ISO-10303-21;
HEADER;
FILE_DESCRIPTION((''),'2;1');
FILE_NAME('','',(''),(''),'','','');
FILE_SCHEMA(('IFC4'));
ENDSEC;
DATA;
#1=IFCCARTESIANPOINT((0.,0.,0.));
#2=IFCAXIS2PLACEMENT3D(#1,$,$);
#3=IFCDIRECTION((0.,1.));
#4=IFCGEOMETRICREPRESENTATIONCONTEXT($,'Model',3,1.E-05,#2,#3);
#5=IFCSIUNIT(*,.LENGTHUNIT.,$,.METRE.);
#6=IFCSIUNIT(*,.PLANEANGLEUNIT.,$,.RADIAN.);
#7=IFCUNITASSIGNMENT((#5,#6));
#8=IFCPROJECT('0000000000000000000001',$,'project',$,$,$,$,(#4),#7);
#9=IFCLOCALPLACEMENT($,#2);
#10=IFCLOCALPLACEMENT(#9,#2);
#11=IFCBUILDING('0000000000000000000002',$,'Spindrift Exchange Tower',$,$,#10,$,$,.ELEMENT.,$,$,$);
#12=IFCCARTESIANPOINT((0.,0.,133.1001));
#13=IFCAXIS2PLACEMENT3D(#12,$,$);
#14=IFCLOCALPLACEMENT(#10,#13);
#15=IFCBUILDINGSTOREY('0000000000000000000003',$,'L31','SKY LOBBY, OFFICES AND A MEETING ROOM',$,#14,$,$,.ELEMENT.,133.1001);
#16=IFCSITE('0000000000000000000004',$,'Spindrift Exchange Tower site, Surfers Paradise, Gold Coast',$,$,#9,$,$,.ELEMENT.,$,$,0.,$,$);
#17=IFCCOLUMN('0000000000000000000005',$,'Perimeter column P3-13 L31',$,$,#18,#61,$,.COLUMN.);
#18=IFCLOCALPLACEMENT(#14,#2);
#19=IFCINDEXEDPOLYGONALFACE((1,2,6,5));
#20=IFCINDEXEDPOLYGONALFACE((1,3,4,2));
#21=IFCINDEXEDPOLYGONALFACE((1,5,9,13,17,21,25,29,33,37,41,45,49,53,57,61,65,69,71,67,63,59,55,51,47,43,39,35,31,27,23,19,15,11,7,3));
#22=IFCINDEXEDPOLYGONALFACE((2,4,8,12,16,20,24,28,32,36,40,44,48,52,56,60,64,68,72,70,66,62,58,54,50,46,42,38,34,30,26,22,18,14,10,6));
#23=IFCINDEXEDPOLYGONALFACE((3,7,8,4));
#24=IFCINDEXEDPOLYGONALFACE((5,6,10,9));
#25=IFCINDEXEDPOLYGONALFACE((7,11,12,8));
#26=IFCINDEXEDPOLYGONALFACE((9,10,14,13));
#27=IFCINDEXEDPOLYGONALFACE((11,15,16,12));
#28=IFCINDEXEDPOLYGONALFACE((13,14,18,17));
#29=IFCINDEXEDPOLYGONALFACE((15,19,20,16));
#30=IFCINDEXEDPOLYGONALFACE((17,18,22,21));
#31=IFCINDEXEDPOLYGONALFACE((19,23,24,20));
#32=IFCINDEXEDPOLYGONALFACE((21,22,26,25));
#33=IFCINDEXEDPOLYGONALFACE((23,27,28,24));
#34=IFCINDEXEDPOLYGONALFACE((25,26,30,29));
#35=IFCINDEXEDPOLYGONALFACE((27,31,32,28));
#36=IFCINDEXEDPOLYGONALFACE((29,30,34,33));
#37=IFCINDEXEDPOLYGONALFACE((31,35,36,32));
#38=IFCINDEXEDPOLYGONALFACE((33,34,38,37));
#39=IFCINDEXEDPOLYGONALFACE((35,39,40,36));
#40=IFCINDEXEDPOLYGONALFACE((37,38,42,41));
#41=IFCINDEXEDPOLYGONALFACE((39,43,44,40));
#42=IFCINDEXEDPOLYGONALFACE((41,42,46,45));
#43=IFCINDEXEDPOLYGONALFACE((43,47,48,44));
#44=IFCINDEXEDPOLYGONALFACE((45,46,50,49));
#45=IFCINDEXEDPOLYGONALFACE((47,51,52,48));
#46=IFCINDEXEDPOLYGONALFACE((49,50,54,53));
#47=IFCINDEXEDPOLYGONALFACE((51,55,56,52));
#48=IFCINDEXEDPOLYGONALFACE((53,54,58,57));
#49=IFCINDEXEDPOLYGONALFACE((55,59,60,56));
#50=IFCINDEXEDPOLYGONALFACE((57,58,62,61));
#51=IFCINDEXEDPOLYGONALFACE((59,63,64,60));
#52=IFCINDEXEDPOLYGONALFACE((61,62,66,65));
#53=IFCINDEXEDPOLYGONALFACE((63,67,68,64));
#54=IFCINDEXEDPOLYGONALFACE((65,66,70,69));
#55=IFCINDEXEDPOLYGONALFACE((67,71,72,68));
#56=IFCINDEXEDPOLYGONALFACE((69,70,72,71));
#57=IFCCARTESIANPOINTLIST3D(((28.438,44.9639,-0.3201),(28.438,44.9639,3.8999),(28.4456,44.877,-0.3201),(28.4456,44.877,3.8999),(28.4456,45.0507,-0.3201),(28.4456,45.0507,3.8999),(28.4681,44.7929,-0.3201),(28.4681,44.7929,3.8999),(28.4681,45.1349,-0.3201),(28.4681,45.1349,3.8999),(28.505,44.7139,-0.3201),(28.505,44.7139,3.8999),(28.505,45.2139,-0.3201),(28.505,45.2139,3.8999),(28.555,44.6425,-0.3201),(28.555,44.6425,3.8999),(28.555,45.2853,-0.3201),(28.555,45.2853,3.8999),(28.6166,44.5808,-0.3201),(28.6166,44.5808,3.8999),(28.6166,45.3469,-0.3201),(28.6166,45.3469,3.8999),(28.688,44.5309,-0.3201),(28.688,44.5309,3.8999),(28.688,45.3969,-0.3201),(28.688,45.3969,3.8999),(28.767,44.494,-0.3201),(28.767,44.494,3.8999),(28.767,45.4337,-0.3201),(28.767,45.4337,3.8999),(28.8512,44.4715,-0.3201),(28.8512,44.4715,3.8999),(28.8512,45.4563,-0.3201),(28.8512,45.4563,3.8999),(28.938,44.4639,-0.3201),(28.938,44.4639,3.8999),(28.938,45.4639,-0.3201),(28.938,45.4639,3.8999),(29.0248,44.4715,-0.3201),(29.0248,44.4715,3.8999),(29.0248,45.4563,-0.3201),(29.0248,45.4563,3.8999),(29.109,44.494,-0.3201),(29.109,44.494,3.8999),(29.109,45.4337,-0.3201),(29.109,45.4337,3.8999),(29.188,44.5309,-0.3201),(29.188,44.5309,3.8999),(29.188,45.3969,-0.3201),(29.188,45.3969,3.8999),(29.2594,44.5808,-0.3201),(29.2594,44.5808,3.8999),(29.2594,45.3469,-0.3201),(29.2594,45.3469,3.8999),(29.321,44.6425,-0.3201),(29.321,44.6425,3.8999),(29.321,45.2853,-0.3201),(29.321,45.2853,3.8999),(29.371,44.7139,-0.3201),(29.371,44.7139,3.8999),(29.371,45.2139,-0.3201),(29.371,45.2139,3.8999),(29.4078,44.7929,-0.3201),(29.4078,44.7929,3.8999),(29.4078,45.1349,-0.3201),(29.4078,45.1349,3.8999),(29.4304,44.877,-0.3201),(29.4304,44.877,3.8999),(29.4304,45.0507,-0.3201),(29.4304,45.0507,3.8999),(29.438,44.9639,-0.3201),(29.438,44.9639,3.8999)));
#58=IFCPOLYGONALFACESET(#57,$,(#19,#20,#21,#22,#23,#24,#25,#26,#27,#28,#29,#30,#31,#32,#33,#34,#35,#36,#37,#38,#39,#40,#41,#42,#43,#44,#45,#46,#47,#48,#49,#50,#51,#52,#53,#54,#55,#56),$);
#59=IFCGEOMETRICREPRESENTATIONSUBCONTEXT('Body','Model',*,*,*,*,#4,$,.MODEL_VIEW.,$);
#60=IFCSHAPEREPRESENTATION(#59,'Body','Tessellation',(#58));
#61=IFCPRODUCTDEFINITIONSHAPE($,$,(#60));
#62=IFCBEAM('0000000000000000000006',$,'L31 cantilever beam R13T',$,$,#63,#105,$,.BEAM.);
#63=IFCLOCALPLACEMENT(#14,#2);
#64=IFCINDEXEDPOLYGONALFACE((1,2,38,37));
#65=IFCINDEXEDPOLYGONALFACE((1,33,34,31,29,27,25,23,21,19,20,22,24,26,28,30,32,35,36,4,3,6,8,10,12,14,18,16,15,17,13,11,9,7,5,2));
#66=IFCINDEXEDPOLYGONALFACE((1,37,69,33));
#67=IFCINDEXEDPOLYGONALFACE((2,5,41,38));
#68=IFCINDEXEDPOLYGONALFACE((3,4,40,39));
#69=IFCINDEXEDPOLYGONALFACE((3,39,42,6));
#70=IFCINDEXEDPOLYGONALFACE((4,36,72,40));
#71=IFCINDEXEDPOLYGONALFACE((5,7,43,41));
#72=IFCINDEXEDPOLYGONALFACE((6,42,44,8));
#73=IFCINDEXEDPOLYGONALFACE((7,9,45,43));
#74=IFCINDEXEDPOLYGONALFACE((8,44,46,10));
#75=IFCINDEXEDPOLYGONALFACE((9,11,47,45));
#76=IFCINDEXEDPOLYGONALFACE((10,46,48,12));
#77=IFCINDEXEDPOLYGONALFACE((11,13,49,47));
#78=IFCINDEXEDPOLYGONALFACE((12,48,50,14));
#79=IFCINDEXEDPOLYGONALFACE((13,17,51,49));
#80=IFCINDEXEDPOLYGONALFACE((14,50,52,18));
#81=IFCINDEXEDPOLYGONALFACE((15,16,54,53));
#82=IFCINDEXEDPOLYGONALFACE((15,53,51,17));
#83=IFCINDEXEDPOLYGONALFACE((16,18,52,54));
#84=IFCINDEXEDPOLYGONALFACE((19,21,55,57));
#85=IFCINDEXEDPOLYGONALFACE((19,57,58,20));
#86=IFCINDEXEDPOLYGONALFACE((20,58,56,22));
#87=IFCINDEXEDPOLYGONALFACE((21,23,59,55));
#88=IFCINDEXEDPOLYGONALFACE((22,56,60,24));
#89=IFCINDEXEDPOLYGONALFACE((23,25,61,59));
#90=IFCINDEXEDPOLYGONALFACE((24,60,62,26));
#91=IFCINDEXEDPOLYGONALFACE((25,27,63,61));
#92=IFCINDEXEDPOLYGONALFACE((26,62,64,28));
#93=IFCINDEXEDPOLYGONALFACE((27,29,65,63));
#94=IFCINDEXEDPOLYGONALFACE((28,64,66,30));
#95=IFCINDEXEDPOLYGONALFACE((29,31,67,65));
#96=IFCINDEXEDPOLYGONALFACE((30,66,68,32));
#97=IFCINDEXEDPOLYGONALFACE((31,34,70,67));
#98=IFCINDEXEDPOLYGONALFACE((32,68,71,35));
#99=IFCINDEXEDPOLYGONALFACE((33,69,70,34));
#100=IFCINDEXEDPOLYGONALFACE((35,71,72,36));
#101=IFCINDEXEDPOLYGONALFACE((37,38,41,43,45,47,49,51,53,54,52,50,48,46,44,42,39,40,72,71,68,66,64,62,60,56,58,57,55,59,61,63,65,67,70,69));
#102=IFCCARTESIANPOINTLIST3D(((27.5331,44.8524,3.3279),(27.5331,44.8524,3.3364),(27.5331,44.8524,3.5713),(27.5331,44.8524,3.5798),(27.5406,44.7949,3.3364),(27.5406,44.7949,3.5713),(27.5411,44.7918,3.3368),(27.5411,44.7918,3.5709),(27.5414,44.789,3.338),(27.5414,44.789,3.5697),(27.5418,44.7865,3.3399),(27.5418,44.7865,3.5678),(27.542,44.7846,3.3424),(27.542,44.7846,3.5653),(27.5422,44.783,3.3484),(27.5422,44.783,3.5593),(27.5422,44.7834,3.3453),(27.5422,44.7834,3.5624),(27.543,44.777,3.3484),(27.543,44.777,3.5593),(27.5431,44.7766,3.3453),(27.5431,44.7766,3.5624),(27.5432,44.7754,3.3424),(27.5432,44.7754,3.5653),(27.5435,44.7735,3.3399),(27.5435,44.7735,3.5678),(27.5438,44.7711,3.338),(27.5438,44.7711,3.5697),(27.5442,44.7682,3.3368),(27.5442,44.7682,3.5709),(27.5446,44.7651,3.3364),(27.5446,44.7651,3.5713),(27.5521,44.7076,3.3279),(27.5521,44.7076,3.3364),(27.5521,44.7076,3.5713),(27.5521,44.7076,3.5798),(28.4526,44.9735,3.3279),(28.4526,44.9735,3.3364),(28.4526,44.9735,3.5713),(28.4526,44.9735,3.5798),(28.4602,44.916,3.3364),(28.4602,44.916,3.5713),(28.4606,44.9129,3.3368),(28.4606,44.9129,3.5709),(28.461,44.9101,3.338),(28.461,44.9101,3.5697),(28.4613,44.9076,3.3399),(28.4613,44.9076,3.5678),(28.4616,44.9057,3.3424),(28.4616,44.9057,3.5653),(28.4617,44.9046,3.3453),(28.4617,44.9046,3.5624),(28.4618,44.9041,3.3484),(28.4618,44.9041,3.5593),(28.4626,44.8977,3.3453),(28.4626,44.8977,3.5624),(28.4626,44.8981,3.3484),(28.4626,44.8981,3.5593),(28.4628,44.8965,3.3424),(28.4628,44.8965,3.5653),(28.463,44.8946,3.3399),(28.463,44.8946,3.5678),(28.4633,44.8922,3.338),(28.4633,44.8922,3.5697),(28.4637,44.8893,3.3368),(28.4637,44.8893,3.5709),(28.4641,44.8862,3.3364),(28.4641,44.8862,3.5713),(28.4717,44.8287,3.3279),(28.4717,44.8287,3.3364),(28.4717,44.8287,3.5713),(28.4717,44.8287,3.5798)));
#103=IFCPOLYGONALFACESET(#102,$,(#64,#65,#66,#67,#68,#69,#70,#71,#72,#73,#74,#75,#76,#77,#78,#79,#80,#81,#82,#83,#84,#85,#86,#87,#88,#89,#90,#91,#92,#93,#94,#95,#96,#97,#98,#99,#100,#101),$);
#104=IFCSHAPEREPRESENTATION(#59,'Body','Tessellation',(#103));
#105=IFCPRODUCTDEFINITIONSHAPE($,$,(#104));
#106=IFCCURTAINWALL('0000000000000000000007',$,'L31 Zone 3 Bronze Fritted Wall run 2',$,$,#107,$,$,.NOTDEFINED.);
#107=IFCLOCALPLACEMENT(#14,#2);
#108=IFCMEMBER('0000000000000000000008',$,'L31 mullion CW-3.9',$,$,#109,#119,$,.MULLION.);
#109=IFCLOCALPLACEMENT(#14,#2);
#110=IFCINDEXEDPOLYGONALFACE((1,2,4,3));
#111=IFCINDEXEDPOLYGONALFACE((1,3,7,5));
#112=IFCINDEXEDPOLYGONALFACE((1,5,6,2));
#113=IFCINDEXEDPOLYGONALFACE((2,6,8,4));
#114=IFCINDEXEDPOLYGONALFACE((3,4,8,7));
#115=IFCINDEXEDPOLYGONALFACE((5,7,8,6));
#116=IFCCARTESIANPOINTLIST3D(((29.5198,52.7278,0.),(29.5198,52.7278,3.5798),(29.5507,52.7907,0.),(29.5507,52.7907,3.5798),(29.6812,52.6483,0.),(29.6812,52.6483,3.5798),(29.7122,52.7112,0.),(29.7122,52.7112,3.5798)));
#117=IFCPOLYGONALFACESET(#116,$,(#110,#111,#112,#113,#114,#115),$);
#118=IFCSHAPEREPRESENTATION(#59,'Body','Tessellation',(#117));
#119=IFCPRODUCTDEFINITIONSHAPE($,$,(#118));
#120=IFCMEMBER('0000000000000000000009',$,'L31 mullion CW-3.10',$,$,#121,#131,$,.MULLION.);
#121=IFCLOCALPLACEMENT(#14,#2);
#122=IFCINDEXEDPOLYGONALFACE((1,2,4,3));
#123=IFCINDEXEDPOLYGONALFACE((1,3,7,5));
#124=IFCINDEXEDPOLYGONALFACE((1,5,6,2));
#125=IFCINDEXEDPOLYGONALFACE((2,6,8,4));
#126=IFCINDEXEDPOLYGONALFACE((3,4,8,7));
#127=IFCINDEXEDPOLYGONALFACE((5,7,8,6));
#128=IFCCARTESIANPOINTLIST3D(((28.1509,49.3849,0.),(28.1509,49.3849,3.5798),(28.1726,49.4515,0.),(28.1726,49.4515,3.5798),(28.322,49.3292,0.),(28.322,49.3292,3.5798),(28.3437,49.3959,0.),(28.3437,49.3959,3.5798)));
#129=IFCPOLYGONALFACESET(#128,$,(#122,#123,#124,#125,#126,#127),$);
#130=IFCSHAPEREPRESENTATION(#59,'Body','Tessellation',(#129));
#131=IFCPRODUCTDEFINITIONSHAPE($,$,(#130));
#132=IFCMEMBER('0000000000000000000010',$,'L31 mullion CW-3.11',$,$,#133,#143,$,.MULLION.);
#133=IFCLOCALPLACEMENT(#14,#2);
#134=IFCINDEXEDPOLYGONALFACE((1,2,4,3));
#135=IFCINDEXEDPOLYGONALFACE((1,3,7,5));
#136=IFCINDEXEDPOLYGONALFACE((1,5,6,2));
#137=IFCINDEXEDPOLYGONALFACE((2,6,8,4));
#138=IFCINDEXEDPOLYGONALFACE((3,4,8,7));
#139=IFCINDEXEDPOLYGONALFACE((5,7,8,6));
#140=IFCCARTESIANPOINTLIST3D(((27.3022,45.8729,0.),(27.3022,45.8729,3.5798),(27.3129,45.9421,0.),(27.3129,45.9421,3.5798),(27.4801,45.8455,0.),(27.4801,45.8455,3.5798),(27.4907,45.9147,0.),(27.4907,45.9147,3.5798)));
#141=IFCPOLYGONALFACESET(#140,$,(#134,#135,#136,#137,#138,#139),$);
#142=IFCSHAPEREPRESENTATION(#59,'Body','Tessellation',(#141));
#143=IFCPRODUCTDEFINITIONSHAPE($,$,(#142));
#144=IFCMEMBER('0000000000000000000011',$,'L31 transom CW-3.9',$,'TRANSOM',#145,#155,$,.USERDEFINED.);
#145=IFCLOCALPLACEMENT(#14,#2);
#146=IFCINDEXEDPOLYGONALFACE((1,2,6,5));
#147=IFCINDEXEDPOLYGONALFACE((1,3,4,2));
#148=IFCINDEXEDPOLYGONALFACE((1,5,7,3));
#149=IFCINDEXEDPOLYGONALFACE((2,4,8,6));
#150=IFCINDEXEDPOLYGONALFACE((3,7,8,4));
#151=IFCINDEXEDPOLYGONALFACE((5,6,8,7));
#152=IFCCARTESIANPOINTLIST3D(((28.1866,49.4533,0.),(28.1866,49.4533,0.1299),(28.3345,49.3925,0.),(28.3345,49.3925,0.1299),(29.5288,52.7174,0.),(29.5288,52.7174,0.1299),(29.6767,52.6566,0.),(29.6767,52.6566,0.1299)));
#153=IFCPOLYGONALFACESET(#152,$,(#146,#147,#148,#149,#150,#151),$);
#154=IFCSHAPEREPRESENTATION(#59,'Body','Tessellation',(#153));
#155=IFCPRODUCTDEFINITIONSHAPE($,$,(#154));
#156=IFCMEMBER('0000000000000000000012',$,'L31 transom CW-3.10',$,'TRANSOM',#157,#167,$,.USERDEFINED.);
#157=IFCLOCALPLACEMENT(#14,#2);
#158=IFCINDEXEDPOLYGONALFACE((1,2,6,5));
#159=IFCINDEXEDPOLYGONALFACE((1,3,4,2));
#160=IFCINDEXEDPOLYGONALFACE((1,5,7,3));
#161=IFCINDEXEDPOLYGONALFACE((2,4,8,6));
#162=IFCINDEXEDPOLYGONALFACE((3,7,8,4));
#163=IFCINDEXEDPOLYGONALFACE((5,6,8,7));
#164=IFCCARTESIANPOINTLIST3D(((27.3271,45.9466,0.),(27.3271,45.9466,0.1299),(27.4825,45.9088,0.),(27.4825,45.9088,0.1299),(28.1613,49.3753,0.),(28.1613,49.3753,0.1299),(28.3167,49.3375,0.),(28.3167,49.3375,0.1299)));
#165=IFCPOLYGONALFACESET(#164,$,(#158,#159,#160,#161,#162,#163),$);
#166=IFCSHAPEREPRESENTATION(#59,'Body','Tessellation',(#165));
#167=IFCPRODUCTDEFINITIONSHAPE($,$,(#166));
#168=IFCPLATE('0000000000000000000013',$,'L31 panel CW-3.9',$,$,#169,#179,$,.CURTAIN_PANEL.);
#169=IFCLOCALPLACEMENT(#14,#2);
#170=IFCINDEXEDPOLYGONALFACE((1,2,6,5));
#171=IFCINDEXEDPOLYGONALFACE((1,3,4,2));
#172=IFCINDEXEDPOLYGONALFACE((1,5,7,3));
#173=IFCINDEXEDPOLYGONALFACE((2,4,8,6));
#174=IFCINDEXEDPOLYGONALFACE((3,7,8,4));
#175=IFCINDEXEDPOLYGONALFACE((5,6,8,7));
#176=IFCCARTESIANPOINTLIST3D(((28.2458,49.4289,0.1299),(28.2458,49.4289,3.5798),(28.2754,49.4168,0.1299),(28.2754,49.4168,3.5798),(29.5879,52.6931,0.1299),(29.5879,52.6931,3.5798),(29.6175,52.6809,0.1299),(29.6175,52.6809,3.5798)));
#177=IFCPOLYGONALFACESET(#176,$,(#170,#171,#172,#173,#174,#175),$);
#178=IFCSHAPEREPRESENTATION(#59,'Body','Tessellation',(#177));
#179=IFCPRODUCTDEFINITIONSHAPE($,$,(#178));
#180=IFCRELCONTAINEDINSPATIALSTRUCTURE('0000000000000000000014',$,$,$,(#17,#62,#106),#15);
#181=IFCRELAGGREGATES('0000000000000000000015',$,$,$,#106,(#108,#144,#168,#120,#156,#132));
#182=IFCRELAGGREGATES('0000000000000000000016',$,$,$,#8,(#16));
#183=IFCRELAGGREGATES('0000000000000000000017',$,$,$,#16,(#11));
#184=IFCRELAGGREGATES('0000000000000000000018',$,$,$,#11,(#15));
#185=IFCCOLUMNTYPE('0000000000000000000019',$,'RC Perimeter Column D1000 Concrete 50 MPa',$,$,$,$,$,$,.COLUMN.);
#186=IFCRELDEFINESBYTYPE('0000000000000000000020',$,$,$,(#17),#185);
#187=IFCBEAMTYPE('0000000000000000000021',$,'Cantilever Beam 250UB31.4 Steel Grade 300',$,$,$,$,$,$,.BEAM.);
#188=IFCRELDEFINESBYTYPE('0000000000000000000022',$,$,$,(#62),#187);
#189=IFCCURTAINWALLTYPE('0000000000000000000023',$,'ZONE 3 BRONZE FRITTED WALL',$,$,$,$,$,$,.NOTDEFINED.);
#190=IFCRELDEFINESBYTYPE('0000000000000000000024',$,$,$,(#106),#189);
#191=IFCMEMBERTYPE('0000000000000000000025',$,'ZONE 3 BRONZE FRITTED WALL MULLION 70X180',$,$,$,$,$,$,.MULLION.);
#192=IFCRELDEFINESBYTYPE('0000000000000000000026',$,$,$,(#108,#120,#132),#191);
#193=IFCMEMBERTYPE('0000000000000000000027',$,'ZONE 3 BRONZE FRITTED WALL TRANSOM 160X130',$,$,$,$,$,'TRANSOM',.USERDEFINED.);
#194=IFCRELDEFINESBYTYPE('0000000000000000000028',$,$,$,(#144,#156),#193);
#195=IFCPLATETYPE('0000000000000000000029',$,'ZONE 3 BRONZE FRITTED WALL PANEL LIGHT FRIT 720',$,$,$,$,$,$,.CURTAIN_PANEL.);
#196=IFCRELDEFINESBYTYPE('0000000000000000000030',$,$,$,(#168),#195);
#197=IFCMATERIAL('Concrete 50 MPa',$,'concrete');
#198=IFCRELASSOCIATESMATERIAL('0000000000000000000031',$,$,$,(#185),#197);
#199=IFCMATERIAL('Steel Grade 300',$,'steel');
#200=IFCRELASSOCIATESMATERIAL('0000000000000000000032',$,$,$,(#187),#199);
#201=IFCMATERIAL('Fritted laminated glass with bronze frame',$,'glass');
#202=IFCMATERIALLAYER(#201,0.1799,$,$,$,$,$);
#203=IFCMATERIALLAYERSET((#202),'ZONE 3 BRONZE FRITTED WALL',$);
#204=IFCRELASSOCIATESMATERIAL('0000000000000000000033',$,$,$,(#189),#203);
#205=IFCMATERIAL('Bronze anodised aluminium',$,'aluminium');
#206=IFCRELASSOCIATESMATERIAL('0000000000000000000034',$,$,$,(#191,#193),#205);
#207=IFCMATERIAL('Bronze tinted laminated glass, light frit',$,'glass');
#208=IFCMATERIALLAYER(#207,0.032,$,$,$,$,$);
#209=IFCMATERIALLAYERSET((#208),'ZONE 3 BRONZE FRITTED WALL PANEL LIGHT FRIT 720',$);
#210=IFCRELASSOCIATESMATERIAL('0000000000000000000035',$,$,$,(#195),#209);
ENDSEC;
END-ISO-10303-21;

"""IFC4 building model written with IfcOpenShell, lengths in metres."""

from ifc_helpers import new_model, si_unit, direction, frame, origin, origin_2d, place, context, subcontext, project, spatial, rectangle, circle, i_section, extrude, source, transform, mapped, material, layer, layer_set, material_profile, profile_set, type_object, element, aggregate, save


model = new_model("IFC4")

# Units and contexts
model_context = context("Model", 3, precision=1e-05, world=origin(), true_north=direction((0.0, 1.0)))
body_context = subcontext(model_context, "Body", "Model", "MODEL_VIEW")
ifc_project = project(units=[si_unit("LENGTHUNIT", "METRE"), si_unit("PLANEANGLEUNIT", "RADIAN")], contexts=[model_context])

# Site, building, storey
site_placement = place(None, origin())
site = spatial("IfcSite", under=ifc_project, at=site_placement, Name="Spindrift Exchange Tower site, Surfers Paradise, Gold Coast", CompositionType="ELEMENT", RefElevation=0.0)
building_placement = place(site_placement, origin())
building = spatial("IfcBuilding", under=site, at=building_placement, Name="Spindrift Exchange Tower", CompositionType="ELEMENT")
storey_placement = place(building_placement, frame((0.0, 0.0, 133.1001)))
storey = spatial("IfcBuildingStorey", under=building, at=storey_placement, Name="L31", Description="SKY LOBBY, OFFICES AND A MEETING ROOM", CompositionType="ELEMENT", Elevation=133.1001)

# Column
ifc_material_1 = material(Name="Concrete 50 MPa", Category="concrete")
ifc_material_profile_1 = material_profile(ifc_material_1, circle(Radius=0.5, at=origin_2d()), Name="RC D1000")
ifc_profile_set_1 = profile_set([ifc_material_profile_1], Name="Concrete 50 MPa")
column_type = type_object("IfcColumnType", Name="RC Perimeter Column D1000 Concrete 50 MPa", PredefinedType="COLUMN", material=ifc_profile_set_1)
shared_shape_1 = source(origin(), body_context, "Body", "SweptSolid", [
    extrude(circle(Radius=0.5, at=origin_2d()), origin(), (0.0, 0.0, 1.0), 4.22),
])
column_placement = place(storey_placement, frame((28.938, 44.9639, -0.3201), z_axis=(0.0, 0.0, 1.0), x_axis=(1.0, 0.0, 0.0)))
element("IfcColumn", 1, at=column_placement, inside=storey, type_object=column_type, Name="Perimeter column P3-13 L31", PredefinedType="COLUMN", context=body_context, shape_type="MappedRepresentation", body=[
    mapped(shared_shape_1, transform((0.0, 0.0, 0.0), scale=1.0)),
])

# Beam
ifc_material_2 = material(Name="Steel Grade 300", Category="steel")
ifc_material_profile_2 = material_profile(ifc_material_2, i_section(OverallWidth=0.146, OverallDepth=0.252, WebThickness=0.0061, FlangeThickness=0.0085, FilletRadius=0.012, at=origin_2d()), Name="250UB31.4")
ifc_profile_set_2 = profile_set([ifc_material_profile_2], Name="Steel Grade 300")
beam_type = type_object("IfcBeamType", Name="Cantilever Beam 250UB31.4 Steel Grade 300", PredefinedType="BEAM", material=ifc_profile_set_2)
shared_shape_2 = source(origin(), body_context, "Body", "SweptSolid", [
    extrude(i_section(OverallWidth=0.146, OverallDepth=0.252, WebThickness=0.0061, FlangeThickness=0.0085, FilletRadius=0.012, at=origin_2d()), origin(), (0.0, 0.0, 1.0), 0.9275),
])
beam_placement = place(storey_placement, frame((28.4622, 44.9011, 3.4539), z_axis=(-0.991438, -0.130577, 0.0), x_axis=(0.130577, -0.991438, 0.0)))
element("IfcBeam", 2, at=beam_placement, inside=storey, type_object=beam_type, Name="L31 cantilever beam R13T", PredefinedType="BEAM", context=body_context, shape_type="MappedRepresentation", body=[
    mapped(shared_shape_2, transform((0.0, 0.0, 0.0), scale=1.0)),
])

# Curtain wall, members, plate
ifc_material_3 = material(Name="Fritted laminated glass with bronze frame", Category="glass")
ifc_layer_1 = layer(ifc_material_3, 0.1799)
ifc_layer_set_1 = layer_set([ifc_layer_1], Name="ZONE 3 BRONZE FRITTED WALL")
curtain_wall_type = type_object("IfcCurtainWallType", Name="ZONE 3 BRONZE FRITTED WALL", PredefinedType="NOTDEFINED", material=ifc_layer_set_1)
curtain_wall_placement = place(storey_placement, origin())
curtain_wall = element("IfcCurtainWall", 3, at=curtain_wall_placement, inside=storey, type_object=curtain_wall_type, Name="L31 Zone 3 Bronze Fritted Wall run 2", PredefinedType="NOTDEFINED")
ifc_material_4 = material(Name="Bronze anodised aluminium", Category="aluminium")
ifc_material_profile_3 = material_profile(ifc_material_4, rectangle(XDim=0.0701, YDim=0.1799, at=origin_2d()), Name="ZONE 3 BRONZE FRITTED WALL MULLION 70X180")
ifc_profile_set_3 = profile_set([ifc_material_profile_3], Name="Bronze anodised aluminium")
member_type_1 = type_object("IfcMemberType", Name="ZONE 3 BRONZE FRITTED WALL MULLION 70X180", PredefinedType="MULLION", material=ifc_profile_set_3)
shared_shape_3 = source(origin(), body_context, "Body", "SweptSolid", [
    extrude(rectangle(XDim=0.0701, YDim=0.1799, at=origin_2d()), origin(), (0.0, 0.0, 1.0), 3.5798),
])
member_1_placement = place(storey_placement, frame((29.616, 52.7195, 0.0), z_axis=(0.0, 0.0, 1.0), x_axis=(-0.441927, -0.897051, 0.0)))
member_1 = element("IfcMember", 4, at=member_1_placement, type_object=member_type_1, Name="L31 mullion CW-3.9", PredefinedType="MULLION", context=body_context, shape_type="MappedRepresentation", body=[
    mapped(shared_shape_3, transform((0.0, 0.0, 0.0), scale=1.0)),
])
member_2_placement = place(storey_placement, frame((28.2473, 49.3904, 0.0), z_axis=(0.0, 0.0, 1.0), x_axis=(-0.309236, -0.950985, 0.0)))
member_2 = element("IfcMember", 5, at=member_2_placement, type_object=member_type_1, Name="L31 mullion CW-3.10", PredefinedType="MULLION", context=body_context, shape_type="MappedRepresentation", body=[
    mapped(shared_shape_3, transform((0.0, 0.0, 0.0), scale=1.0)),
])
member_3_placement = place(storey_placement, frame((27.3965, 45.8938, 0.0), z_axis=(0.0, 0.0, 1.0), x_axis=(-0.152416, -0.988317, 0.0)))
member_3 = element("IfcMember", 6, at=member_3_placement, type_object=member_type_1, Name="L31 mullion CW-3.11", PredefinedType="MULLION", context=body_context, shape_type="MappedRepresentation", body=[
    mapped(shared_shape_3, transform((0.0, 0.0, 0.0), scale=1.0)),
])
ifc_material_profile_4 = material_profile(ifc_material_4, rectangle(XDim=0.1599, YDim=0.1299, at=origin_2d()), Name="ZONE 3 BRONZE FRITTED WALL TRANSOM 160X130")
ifc_profile_set_4 = profile_set([ifc_material_profile_4], Name="Bronze anodised aluminium")
member_type_2 = type_object("IfcMemberType", Name="ZONE 3 BRONZE FRITTED WALL TRANSOM 160X130", ElementType="TRANSOM", PredefinedType="USERDEFINED", material=ifc_profile_set_4)
shared_shape_4 = source(origin(), body_context, "Body", "SweptSolid", [
    extrude(rectangle(XDim=0.1599, YDim=0.1299, at=origin_2d()), origin(), (0.0, 0.0, 1.0), 3.5293),
])
member_4_placement = place(storey_placement, frame((29.6028, 52.687, 0.0649), z_axis=(-0.380318, -0.924856, 0.0), x_axis=(0.924856, -0.380318, 0.0)))
member_4 = element("IfcMember", 7, at=member_4_placement, type_object=member_type_2, Name="L31 transom CW-3.9", ObjectType="TRANSOM", PredefinedType="USERDEFINED", context=body_context, shape_type="MappedRepresentation", body=[
    mapped(shared_shape_4, transform((0.0, 0.0, 0.0), scale=1.0)),
])
shared_shape_5 = source(origin(), body_context, "Body", "SweptSolid", [
    extrude(rectangle(XDim=0.1599, YDim=0.1299, at=origin_2d()), origin(), (0.0, 0.0, 1.0), 3.5288),
])
member_5_placement = place(storey_placement, frame((28.239, 49.3564, 0.0649), z_axis=(-0.23641, -0.971653, 0.0), x_axis=(0.971653, -0.23641, 0.0)))
member_5 = element("IfcMember", 8, at=member_5_placement, type_object=member_type_2, Name="L31 transom CW-3.10", ObjectType="TRANSOM", PredefinedType="USERDEFINED", context=body_context, shape_type="MappedRepresentation", body=[
    mapped(shared_shape_5, transform((0.0, 0.0, 0.0), scale=1.0)),
])
ifc_material_5 = material(Name="Bronze tinted laminated glass, light frit", Category="glass")
ifc_layer_2 = layer(ifc_material_5, 0.032)
ifc_layer_set_2 = layer_set([ifc_layer_2], Name="ZONE 3 BRONZE FRITTED WALL PANEL LIGHT FRIT 720")
plate_type = type_object("IfcPlateType", Name="ZONE 3 BRONZE FRITTED WALL PANEL LIGHT FRIT 720", PredefinedType="CURTAIN_PANEL", material=ifc_layer_set_2)
shared_shape_6 = source(origin(), body_context, "Body", "SweptSolid", [
    extrude(rectangle(XDim=3.5293, YDim=0.032, at=origin_2d()), origin(), (0.0, 0.0, 1.0), 3.45),
])
plate_1_placement = place(storey_placement, frame((28.9316, 51.0549, 0.1299), z_axis=(0.0, 0.0, 1.0), x_axis=(-0.380283, -0.92487, 0.0)))
plate_1 = element("IfcPlate", 9, at=plate_1_placement, type_object=plate_type, Name="L31 panel CW-3.9", PredefinedType="CURTAIN_PANEL", context=body_context, shape_type="MappedRepresentation", body=[
    mapped(shared_shape_6, transform((0.0, 0.0, 0.0), scale=1.0)),
])
aggregate(curtain_wall, [member_1, member_4, plate_1, member_2, member_5, member_3])

save(model, "model.ifc")
